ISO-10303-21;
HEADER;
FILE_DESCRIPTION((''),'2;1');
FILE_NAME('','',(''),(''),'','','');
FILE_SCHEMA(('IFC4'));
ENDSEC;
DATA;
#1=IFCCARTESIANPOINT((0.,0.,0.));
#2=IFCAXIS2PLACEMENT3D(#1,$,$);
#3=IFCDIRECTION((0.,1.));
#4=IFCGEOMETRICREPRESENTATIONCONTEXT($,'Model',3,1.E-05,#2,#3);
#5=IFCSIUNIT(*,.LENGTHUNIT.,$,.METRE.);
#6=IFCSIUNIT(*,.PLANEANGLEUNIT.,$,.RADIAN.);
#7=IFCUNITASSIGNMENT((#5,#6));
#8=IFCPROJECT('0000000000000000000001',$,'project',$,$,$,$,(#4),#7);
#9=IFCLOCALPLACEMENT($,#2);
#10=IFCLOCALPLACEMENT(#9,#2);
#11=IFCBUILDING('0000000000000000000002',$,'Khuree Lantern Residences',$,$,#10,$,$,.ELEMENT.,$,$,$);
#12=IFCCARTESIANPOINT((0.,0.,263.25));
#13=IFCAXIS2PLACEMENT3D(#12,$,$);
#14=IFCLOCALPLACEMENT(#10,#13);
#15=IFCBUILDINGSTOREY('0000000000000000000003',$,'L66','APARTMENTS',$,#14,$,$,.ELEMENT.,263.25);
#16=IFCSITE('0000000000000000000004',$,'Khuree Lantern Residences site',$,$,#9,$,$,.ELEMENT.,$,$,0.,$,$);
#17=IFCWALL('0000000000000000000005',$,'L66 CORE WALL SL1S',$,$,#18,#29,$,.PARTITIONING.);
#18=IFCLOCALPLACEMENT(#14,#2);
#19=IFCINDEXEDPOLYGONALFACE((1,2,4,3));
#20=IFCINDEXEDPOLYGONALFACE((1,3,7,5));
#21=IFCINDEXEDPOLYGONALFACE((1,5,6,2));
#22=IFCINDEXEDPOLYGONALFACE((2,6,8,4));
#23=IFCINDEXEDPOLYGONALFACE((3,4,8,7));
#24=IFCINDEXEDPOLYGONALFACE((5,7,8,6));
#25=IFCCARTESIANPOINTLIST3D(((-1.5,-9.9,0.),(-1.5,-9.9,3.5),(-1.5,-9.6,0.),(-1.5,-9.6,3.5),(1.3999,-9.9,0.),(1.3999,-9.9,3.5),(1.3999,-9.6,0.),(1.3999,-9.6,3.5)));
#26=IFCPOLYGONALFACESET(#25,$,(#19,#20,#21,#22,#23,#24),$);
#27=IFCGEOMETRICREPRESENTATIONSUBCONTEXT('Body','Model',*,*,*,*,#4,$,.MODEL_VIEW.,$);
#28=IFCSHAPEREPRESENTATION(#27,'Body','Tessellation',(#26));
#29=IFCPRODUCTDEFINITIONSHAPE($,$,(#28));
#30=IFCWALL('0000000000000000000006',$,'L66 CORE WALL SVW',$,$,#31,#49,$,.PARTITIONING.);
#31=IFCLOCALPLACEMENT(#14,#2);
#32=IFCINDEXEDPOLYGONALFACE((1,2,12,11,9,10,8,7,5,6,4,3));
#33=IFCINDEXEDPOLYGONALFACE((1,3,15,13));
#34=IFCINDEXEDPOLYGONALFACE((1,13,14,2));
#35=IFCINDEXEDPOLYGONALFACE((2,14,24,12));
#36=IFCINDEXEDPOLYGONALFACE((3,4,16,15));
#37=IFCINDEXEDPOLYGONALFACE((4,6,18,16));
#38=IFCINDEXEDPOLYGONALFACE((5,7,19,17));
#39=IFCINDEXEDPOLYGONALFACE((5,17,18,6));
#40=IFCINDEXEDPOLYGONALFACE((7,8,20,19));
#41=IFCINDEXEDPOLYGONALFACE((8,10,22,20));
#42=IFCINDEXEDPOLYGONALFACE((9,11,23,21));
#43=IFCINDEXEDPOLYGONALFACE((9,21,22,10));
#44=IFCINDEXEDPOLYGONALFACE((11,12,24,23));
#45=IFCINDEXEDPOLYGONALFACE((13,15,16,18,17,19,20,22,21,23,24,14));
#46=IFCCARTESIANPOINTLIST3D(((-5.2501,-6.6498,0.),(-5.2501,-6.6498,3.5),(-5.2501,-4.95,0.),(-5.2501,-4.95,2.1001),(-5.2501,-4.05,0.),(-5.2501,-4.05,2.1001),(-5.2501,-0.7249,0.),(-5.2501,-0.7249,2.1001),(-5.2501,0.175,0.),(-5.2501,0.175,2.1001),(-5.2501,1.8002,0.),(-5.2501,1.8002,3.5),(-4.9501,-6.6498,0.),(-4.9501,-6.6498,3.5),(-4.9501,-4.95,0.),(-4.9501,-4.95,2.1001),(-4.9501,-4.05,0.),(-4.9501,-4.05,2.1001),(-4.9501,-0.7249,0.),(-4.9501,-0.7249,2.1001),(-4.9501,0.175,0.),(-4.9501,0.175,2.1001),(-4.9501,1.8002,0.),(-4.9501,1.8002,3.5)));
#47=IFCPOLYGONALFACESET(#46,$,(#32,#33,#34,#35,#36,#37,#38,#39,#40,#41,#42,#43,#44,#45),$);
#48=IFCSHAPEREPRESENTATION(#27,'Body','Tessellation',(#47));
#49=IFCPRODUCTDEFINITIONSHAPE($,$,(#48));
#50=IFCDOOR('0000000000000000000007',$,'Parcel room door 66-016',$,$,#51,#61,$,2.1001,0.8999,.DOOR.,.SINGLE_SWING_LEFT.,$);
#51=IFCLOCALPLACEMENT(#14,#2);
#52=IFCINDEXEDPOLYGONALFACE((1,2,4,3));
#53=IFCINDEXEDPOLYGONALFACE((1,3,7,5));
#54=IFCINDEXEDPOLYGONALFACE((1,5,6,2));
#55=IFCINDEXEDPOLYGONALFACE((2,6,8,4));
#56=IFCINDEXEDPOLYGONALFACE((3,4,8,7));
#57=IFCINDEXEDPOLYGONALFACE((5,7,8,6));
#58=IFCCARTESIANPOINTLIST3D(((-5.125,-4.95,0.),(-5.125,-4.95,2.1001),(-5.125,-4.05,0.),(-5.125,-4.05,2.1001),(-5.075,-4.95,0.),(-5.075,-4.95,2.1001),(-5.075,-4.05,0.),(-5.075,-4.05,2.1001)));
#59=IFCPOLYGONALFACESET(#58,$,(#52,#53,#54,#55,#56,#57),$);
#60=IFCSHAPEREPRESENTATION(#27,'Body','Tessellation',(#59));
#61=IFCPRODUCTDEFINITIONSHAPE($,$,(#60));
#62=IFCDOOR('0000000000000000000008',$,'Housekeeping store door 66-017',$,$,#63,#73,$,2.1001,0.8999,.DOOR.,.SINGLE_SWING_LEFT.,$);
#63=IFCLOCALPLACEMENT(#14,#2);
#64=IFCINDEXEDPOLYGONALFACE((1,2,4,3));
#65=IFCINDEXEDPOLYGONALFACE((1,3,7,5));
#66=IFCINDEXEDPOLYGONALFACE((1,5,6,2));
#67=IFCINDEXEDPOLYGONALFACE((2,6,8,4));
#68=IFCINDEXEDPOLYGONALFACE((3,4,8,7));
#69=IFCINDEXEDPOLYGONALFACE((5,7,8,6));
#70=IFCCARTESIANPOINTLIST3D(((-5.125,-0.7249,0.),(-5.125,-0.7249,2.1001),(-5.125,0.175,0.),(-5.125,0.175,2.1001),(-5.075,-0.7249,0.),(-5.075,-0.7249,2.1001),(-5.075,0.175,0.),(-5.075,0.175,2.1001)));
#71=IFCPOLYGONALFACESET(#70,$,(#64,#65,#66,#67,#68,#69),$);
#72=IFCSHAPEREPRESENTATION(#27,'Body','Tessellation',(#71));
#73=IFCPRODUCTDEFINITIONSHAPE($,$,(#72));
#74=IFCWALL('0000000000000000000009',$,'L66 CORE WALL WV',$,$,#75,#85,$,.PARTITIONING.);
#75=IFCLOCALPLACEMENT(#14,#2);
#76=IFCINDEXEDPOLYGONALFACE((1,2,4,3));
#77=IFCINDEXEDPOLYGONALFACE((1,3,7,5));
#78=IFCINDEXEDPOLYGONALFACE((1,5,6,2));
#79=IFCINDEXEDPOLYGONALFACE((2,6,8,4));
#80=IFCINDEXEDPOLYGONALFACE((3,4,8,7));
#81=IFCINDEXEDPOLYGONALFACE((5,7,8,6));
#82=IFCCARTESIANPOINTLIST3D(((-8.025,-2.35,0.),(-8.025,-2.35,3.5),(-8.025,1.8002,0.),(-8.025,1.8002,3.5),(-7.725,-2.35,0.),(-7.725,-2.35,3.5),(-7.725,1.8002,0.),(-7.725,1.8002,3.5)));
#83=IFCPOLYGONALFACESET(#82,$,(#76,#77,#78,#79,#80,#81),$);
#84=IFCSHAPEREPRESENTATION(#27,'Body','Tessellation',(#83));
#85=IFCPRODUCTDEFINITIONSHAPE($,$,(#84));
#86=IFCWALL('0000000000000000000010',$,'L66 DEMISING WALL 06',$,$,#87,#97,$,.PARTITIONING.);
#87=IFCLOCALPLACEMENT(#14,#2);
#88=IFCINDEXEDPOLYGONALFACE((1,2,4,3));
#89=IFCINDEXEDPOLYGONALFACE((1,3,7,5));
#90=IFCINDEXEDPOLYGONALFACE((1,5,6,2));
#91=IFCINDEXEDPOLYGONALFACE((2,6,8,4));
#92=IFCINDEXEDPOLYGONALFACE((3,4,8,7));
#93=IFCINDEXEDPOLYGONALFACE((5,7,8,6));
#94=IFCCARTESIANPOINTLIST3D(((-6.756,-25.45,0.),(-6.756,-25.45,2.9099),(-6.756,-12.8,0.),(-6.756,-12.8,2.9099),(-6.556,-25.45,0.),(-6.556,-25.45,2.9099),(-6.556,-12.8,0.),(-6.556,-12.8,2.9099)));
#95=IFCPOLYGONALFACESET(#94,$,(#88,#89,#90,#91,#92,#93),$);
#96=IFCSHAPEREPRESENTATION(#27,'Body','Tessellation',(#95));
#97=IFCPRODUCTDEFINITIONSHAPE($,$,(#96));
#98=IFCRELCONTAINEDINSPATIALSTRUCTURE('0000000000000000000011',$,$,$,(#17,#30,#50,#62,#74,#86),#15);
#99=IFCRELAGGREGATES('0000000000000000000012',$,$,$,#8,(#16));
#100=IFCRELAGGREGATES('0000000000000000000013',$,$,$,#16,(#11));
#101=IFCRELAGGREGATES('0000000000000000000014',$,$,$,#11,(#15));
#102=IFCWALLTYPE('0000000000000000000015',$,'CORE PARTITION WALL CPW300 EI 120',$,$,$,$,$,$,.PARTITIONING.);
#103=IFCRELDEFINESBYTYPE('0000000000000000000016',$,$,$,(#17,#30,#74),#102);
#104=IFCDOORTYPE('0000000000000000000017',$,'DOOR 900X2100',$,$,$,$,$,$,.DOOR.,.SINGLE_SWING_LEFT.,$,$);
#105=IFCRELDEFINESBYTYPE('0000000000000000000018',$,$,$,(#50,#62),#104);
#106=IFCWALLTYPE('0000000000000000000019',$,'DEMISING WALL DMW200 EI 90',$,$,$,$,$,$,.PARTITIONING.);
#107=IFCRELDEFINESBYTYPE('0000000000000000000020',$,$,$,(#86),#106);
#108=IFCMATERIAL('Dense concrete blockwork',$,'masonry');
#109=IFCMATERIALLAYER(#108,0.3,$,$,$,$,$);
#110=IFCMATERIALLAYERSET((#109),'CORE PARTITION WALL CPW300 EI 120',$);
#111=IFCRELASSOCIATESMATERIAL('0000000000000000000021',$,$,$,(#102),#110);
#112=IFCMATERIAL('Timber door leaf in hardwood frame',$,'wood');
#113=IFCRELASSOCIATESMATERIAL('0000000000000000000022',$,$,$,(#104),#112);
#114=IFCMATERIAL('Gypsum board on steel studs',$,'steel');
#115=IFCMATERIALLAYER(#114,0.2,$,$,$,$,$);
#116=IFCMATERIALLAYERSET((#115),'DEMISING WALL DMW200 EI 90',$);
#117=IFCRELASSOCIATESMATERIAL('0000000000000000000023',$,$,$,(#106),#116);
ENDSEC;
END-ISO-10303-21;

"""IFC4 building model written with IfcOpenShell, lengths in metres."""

from ifc_helpers import new_model, si_unit, direction, frame, frame_2d, origin, place, context, subcontext, project, spatial, rectangle, extrude, material, layer, layer_set, type_object, element, fill, save


model = new_model("IFC4")

# Units and contexts
model_context = context("Model", 3, precision=1e-05, world=origin(), true_north=direction((0.0, 1.0)))
body_context = subcontext(model_context, "Body", "Model", "MODEL_VIEW")
ifc_project = project(units=[si_unit("LENGTHUNIT", "METRE"), si_unit("PLANEANGLEUNIT", "RADIAN")], contexts=[model_context])

# Site, building, storey
site_placement = place(None, origin())
site = spatial("IfcSite", under=ifc_project, at=site_placement, Name="Khuree Lantern Residences site", CompositionType="ELEMENT", RefElevation=0.0)
building_placement = place(site_placement, origin())
building = spatial("IfcBuilding", under=site, at=building_placement, Name="Khuree Lantern Residences", CompositionType="ELEMENT")
storey_placement = place(building_placement, frame((0.0, 0.0, 263.25)))
storey = spatial("IfcBuildingStorey", under=building, at=storey_placement, Name="L66", Description="APARTMENTS", CompositionType="ELEMENT", Elevation=263.25)

# Shared definitions
ifc_material_1 = material(Name="Dense concrete blockwork", Category="masonry")
ifc_layer_1 = layer(ifc_material_1, 0.3)
ifc_layer_set_1 = layer_set([ifc_layer_1], Name="CORE PARTITION WALL CPW300 EI 120")
wall_type_1 = type_object("IfcWallType", Name="CORE PARTITION WALL CPW300 EI 120", PredefinedType="PARTITIONING", material=ifc_layer_set_1)

# Wall
for number, where, z_axis, x_axis, name in (
    (1, (-1.5, -9.75, 0.0), (0.0, 0.0, 1.0), (1.0, 0.0, 0.0), "L66 CORE WALL SL1S"),
):
    element("IfcWall", number, at=place(storey_placement, frame(where, z_axis=z_axis, x_axis=x_axis)), inside=storey, type_object=wall_type_1, Name=name, PredefinedType="PARTITIONING", context=body_context, shape_type="SweptSolid", body=[
        extrude(rectangle(XDim=2.8999, YDim=0.3, at=frame_2d((1.45, 0.0))), origin(), (0.0, 0.0, 1.0), 3.5),
    ])

# Wall, openings, doors
wall_1_placement = place(storey_placement, frame((-5.1001, -6.6499, 0.0), z_axis=(0.0, 0.0, 1.0), x_axis=(0.0, 1.0, 0.0)))
wall_1 = element("IfcWall", 2, at=wall_1_placement, inside=storey, type_object=wall_type_1, Name="L66 CORE WALL SVW", PredefinedType="PARTITIONING", context=body_context, shape_type="SweptSolid", body=[
    extrude(rectangle(XDim=8.45, YDim=0.3, at=frame_2d((4.2251, 0.0))), origin(), (0.0, 0.0, 1.0), 3.5),
])
opening_1_placement = place(wall_1_placement, frame((1.7, 0.0, 0.0)))
opening_1 = element("IfcOpeningElement", 3, at=opening_1_placement, cuts=wall_1, PredefinedType="OPENING", context=body_context, shape_type="SweptSolid", body=[
    extrude(rectangle(XDim=0.8999, YDim=2.1001, at=frame_2d((0.45, 1.05))), frame((0.0, 0.1602, 0.0), z_axis=(0.0, -1.0, 0.0), x_axis=(1.0, 0.0, 0.0)), (0.0, 0.0, 1.0), 0.3201),
])
opening_2_placement = place(wall_1_placement, frame((5.925, 0.0, 0.0)))
opening_2 = element("IfcOpeningElement", 4, at=opening_2_placement, cuts=wall_1, PredefinedType="OPENING", context=body_context, shape_type="SweptSolid", body=[
    extrude(rectangle(XDim=0.8999, YDim=2.1001, at=frame_2d((0.45, 1.05))), frame((0.0, 0.1602, 0.0), z_axis=(0.0, -1.0, 0.0), x_axis=(1.0, 0.0, 0.0)), (0.0, 0.0, 1.0), 0.3201),
])
ifc_material_2 = material(Name="Timber door leaf in hardwood frame", Category="wood")
door_type_1 = type_object("IfcDoorType", Name="DOOR 900X2100", OperationType="SINGLE_SWING_LEFT", PredefinedType="DOOR", material=ifc_material_2)
door_1_placement = place(opening_1_placement, origin())
door_1 = element("IfcDoor", 5, at=door_1_placement, inside=storey, type_object=door_type_1, Name="Parcel room door 66-016", OperationType="SINGLE_SWING_LEFT", OverallHeight=2.1001, OverallWidth=0.8999, PredefinedType="DOOR", context=body_context, shape_type="SweptSolid", body=[
    extrude(rectangle(XDim=0.8999, YDim=2.1001, at=frame_2d((0.45, 1.05))), frame((0.0, 0.0249, 0.0), z_axis=(0.0, -1.0, 0.0), x_axis=(1.0, 0.0, 0.0)), (0.0, 0.0, 1.0), 0.05),
])
fill(opening_1, door_1)
door_2_placement = place(opening_2_placement, origin())
door_2 = element("IfcDoor", 6, at=door_2_placement, inside=storey, type_object=door_type_1, Name="Housekeeping store door 66-017", OperationType="SINGLE_SWING_LEFT", OverallHeight=2.1001, OverallWidth=0.8999, PredefinedType="DOOR", context=body_context, shape_type="SweptSolid", body=[
    extrude(rectangle(XDim=0.8999, YDim=2.1001, at=frame_2d((0.45, 1.05))), frame((0.0, 0.0249, 0.0), z_axis=(0.0, -1.0, 0.0), x_axis=(1.0, 0.0, 0.0)), (0.0, 0.0, 1.0), 0.05),
])
fill(opening_2, door_2)

# Walls
wall_2_placement = place(storey_placement, frame((-7.875, -2.3501, 0.0), z_axis=(0.0, 0.0, 1.0), x_axis=(0.0, 1.0, 0.0)))
element("IfcWall", 7, at=wall_2_placement, inside=storey, type_object=wall_type_1, Name="L66 CORE WALL WV", PredefinedType="PARTITIONING", context=body_context, shape_type="SweptSolid", body=[
    extrude(rectangle(XDim=4.1501, YDim=0.3, at=frame_2d((2.0752, 0.0))), origin(), (0.0, 0.0, 1.0), 3.5),
])
ifc_material_3 = material(Name="Gypsum board on steel studs", Category="steel")
ifc_layer_2 = layer(ifc_material_3, 0.2)
ifc_layer_set_2 = layer_set([ifc_layer_2], Name="DEMISING WALL DMW200 EI 90")
wall_type_2 = type_object("IfcWallType", Name="DEMISING WALL DMW200 EI 90", PredefinedType="PARTITIONING", material=ifc_layer_set_2)
wall_3_placement = place(storey_placement, frame((-6.656, -12.8, 0.0), z_axis=(0.0, 0.0, 1.0), x_axis=(0.0, -1.0, 0.0)))
element("IfcWall", 8, at=wall_3_placement, inside=storey, type_object=wall_type_2, Name="L66 DEMISING WALL 06", PredefinedType="PARTITIONING", context=body_context, shape_type="SweptSolid", body=[
    extrude(rectangle(XDim=12.6499, YDim=0.2, at=frame_2d((6.325, 0.0))), origin(), (0.0, 0.0, 1.0), 2.9099),
])

save(model, "model.ifc")
